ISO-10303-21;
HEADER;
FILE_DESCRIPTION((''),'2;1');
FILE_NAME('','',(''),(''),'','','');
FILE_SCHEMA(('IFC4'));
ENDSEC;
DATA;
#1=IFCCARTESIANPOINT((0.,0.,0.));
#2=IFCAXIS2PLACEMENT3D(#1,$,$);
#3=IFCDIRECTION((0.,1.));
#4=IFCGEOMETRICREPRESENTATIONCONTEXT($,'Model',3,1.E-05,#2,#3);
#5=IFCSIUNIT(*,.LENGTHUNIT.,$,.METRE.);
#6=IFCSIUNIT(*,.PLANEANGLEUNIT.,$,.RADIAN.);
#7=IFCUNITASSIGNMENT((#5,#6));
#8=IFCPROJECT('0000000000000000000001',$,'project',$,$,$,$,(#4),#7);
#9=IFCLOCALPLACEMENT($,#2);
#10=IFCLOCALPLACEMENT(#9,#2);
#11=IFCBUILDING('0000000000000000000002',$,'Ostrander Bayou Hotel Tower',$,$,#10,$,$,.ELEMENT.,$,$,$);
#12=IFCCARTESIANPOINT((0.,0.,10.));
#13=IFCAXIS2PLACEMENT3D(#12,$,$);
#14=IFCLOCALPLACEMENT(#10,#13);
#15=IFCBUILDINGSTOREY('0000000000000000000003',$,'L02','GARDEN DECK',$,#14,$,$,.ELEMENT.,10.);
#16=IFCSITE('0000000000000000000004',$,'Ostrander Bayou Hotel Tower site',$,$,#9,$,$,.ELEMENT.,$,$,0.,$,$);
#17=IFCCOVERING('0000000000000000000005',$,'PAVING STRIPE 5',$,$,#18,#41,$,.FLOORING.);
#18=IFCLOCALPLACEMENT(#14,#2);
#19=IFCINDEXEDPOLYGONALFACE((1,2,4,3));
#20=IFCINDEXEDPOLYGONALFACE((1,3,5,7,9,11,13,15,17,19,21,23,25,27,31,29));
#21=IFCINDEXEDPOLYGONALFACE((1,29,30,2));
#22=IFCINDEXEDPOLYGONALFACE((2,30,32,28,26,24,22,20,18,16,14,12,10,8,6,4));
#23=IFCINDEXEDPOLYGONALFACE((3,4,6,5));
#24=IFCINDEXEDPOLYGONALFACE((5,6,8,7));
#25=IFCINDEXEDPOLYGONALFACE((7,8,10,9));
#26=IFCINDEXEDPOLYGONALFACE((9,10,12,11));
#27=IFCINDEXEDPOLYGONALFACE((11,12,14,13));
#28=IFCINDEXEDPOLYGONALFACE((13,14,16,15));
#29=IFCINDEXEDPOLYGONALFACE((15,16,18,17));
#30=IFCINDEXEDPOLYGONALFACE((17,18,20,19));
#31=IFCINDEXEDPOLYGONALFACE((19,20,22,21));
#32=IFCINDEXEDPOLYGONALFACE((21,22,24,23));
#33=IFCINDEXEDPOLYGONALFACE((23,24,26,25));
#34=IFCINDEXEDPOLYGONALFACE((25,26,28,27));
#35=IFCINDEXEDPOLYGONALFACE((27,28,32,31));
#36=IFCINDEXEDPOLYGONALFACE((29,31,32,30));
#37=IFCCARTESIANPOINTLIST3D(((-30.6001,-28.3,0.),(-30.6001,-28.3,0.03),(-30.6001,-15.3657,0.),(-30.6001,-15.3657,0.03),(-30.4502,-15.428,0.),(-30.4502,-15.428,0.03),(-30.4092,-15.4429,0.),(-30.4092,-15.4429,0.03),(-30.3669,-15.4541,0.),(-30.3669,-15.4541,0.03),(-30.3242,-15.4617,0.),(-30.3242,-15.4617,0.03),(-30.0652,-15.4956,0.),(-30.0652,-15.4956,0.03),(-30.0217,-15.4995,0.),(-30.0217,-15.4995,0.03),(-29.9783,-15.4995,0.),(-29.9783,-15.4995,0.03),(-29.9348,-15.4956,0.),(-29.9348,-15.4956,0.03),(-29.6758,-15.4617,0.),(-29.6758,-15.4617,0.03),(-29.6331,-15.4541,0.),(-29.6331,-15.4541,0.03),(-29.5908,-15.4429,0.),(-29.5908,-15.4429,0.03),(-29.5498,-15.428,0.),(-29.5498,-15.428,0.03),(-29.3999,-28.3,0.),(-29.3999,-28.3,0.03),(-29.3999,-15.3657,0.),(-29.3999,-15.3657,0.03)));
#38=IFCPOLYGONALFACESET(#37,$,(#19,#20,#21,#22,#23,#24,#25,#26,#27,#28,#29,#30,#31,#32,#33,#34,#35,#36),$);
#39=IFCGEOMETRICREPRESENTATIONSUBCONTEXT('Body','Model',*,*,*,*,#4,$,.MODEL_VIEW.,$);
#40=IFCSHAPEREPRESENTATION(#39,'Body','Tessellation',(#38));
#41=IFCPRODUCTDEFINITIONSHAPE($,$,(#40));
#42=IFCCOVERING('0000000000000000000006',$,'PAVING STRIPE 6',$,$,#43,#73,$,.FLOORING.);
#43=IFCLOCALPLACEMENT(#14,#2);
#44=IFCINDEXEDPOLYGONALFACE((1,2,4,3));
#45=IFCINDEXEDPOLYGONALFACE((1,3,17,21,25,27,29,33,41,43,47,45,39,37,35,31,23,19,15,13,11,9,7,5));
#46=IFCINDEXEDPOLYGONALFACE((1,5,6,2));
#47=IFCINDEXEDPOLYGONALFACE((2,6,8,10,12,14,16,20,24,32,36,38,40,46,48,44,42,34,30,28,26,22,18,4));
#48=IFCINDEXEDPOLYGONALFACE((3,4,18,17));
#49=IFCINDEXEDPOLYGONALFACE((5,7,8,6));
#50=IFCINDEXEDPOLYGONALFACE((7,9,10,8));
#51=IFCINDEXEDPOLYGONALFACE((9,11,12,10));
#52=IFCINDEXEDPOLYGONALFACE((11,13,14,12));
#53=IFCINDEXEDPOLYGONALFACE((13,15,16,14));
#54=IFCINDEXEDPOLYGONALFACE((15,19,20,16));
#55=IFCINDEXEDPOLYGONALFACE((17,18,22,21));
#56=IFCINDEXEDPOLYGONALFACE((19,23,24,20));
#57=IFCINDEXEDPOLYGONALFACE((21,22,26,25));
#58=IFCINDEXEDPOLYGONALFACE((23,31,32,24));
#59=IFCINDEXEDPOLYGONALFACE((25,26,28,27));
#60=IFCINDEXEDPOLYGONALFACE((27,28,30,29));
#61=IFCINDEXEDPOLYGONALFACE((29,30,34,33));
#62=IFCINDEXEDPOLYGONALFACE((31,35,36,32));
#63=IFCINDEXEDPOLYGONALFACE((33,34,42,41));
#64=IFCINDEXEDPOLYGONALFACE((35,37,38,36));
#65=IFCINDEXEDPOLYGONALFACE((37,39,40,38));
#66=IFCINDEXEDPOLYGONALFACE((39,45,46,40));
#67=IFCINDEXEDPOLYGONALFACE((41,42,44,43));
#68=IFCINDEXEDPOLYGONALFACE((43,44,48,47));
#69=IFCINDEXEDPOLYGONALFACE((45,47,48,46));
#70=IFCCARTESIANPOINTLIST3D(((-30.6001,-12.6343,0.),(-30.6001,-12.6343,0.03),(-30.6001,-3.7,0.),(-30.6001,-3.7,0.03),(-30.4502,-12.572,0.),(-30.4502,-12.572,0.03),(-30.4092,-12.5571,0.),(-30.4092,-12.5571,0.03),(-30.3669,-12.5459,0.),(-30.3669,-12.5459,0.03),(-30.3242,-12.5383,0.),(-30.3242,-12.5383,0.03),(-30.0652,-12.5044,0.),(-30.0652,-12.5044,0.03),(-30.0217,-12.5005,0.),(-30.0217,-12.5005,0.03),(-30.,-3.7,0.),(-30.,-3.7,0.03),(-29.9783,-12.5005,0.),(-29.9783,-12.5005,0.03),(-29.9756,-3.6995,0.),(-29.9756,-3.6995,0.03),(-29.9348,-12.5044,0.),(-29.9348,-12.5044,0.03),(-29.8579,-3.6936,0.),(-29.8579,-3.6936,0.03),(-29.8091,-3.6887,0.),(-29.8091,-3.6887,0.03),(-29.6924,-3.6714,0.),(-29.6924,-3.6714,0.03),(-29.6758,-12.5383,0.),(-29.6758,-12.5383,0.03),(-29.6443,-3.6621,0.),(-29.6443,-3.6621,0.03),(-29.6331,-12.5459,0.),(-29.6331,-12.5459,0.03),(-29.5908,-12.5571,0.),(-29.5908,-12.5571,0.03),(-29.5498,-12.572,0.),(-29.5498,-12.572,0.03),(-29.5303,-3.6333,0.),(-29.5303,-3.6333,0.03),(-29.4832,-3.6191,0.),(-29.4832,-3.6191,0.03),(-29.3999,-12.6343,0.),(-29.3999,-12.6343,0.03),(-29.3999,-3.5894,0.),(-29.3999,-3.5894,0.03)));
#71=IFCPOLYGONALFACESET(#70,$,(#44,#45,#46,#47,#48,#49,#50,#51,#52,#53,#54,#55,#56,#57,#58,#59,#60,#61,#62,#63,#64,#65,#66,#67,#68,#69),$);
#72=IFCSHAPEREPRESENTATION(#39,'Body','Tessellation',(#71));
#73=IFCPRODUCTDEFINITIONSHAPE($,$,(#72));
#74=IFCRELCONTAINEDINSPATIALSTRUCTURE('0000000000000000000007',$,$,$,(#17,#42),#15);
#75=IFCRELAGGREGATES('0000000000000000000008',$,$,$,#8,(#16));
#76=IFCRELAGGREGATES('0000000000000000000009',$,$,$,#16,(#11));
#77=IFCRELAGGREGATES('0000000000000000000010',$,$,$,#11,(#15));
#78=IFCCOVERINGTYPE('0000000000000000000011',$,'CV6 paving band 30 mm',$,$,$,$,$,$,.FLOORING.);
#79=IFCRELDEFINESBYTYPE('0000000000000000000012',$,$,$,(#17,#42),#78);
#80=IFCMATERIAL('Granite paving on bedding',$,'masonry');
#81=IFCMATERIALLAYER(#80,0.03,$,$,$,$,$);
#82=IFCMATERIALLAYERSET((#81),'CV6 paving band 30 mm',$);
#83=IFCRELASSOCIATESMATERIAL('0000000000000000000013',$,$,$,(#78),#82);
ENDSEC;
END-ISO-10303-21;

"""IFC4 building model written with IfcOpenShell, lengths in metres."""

from ifc_helpers import new_model, si_unit, direction, frame, origin, place, context, subcontext, project, spatial, polyline, outline, extrude, material, layer, layer_set, type_object, element, save


model = new_model("IFC4")

# Units and contexts
model_context = context("Model", 3, precision=1e-05, world=origin(), true_north=direction((0.0, 1.0)))
body_context = subcontext(model_context, "Body", "Model", "MODEL_VIEW")
ifc_project = project(units=[si_unit("LENGTHUNIT", "METRE"), si_unit("PLANEANGLEUNIT", "RADIAN")], contexts=[model_context])

# Site, building, storey
site_placement = place(None, origin())
site = spatial("IfcSite", under=ifc_project, at=site_placement, Name="Ostrander Bayou Hotel Tower site", CompositionType="ELEMENT", RefElevation=0.0)
building_placement = place(site_placement, origin())
building = spatial("IfcBuilding", under=site, at=building_placement, Name="Ostrander Bayou Hotel Tower", CompositionType="ELEMENT")
storey_placement = place(building_placement, frame((0.0, 0.0, 10.0)))
storey = spatial("IfcBuildingStorey", under=building, at=storey_placement, Name="L02", Description="GARDEN DECK", CompositionType="ELEMENT", Elevation=10.0)

# Coverings
ifc_material_1 = material(Name="Granite paving on bedding", Category="masonry")
ifc_layer_1 = layer(ifc_material_1, 0.03)
ifc_layer_set_1 = layer_set([ifc_layer_1], Name="CV6 paving band 30 mm")
covering_type = type_object("IfcCoveringType", Name="CV6 paving band 30 mm", PredefinedType="FLOORING", material=ifc_layer_set_1)
covering_1_placement = place(storey_placement, origin())
element("IfcCovering", 1, at=covering_1_placement, inside=storey, type_object=covering_type, Name="PAVING STRIPE 5", PredefinedType="FLOORING", context=body_context, shape_type="SweptSolid", body=[
    extrude(outline(polyline([(-30.6001, -15.3657), (-30.4502, -15.428), (-30.4092, -15.4429), (-30.3669, -15.4541), (-30.3242, -15.4617), (-30.0652, -15.4956), (-30.0217, -15.4995), (-29.9783, -15.4995), (-29.9348, -15.4956), (-29.6758, -15.4617), (-29.6331, -15.4541), (-29.5908, -15.4429), (-29.5498, -15.428), (-29.3999, -15.3657), (-29.3999, -28.3), (-30.6001, -28.3), (-30.6001, -15.3657)])), origin(), (0.0, 0.0, 1.0), 0.03),
])
covering_2_placement = place(storey_placement, origin())
element("IfcCovering", 2, at=covering_2_placement, inside=storey, type_object=covering_type, Name="PAVING STRIPE 6", PredefinedType="FLOORING", context=body_context, shape_type="SweptSolid", body=[
    extrude(outline(polyline([(-30.6001, -3.7), (-30.0, -3.7), (-29.9756, -3.6995), (-29.8579, -3.6936), (-29.8091, -3.6887), (-29.6924, -3.6714), (-29.6443, -3.6621), (-29.5303, -3.6333), (-29.4832, -3.6191), (-29.3999, -3.5894), (-29.3999, -12.6343), (-29.5498, -12.572), (-29.5908, -12.5571), (-29.6331, -12.5459), (-29.6758, -12.5383), (-29.9348, -12.5044), (-29.9783, -12.5005), (-30.0217, -12.5005), (-30.0652, -12.5044), (-30.3242, -12.5383), (-30.3669, -12.5459), (-30.4092, -12.5571), (-30.4502, -12.572), (-30.6001, -12.6343), (-30.6001, -3.7)])), origin(), (0.0, 0.0, 1.0), 0.03),
])

save(model, "model.ifc")
